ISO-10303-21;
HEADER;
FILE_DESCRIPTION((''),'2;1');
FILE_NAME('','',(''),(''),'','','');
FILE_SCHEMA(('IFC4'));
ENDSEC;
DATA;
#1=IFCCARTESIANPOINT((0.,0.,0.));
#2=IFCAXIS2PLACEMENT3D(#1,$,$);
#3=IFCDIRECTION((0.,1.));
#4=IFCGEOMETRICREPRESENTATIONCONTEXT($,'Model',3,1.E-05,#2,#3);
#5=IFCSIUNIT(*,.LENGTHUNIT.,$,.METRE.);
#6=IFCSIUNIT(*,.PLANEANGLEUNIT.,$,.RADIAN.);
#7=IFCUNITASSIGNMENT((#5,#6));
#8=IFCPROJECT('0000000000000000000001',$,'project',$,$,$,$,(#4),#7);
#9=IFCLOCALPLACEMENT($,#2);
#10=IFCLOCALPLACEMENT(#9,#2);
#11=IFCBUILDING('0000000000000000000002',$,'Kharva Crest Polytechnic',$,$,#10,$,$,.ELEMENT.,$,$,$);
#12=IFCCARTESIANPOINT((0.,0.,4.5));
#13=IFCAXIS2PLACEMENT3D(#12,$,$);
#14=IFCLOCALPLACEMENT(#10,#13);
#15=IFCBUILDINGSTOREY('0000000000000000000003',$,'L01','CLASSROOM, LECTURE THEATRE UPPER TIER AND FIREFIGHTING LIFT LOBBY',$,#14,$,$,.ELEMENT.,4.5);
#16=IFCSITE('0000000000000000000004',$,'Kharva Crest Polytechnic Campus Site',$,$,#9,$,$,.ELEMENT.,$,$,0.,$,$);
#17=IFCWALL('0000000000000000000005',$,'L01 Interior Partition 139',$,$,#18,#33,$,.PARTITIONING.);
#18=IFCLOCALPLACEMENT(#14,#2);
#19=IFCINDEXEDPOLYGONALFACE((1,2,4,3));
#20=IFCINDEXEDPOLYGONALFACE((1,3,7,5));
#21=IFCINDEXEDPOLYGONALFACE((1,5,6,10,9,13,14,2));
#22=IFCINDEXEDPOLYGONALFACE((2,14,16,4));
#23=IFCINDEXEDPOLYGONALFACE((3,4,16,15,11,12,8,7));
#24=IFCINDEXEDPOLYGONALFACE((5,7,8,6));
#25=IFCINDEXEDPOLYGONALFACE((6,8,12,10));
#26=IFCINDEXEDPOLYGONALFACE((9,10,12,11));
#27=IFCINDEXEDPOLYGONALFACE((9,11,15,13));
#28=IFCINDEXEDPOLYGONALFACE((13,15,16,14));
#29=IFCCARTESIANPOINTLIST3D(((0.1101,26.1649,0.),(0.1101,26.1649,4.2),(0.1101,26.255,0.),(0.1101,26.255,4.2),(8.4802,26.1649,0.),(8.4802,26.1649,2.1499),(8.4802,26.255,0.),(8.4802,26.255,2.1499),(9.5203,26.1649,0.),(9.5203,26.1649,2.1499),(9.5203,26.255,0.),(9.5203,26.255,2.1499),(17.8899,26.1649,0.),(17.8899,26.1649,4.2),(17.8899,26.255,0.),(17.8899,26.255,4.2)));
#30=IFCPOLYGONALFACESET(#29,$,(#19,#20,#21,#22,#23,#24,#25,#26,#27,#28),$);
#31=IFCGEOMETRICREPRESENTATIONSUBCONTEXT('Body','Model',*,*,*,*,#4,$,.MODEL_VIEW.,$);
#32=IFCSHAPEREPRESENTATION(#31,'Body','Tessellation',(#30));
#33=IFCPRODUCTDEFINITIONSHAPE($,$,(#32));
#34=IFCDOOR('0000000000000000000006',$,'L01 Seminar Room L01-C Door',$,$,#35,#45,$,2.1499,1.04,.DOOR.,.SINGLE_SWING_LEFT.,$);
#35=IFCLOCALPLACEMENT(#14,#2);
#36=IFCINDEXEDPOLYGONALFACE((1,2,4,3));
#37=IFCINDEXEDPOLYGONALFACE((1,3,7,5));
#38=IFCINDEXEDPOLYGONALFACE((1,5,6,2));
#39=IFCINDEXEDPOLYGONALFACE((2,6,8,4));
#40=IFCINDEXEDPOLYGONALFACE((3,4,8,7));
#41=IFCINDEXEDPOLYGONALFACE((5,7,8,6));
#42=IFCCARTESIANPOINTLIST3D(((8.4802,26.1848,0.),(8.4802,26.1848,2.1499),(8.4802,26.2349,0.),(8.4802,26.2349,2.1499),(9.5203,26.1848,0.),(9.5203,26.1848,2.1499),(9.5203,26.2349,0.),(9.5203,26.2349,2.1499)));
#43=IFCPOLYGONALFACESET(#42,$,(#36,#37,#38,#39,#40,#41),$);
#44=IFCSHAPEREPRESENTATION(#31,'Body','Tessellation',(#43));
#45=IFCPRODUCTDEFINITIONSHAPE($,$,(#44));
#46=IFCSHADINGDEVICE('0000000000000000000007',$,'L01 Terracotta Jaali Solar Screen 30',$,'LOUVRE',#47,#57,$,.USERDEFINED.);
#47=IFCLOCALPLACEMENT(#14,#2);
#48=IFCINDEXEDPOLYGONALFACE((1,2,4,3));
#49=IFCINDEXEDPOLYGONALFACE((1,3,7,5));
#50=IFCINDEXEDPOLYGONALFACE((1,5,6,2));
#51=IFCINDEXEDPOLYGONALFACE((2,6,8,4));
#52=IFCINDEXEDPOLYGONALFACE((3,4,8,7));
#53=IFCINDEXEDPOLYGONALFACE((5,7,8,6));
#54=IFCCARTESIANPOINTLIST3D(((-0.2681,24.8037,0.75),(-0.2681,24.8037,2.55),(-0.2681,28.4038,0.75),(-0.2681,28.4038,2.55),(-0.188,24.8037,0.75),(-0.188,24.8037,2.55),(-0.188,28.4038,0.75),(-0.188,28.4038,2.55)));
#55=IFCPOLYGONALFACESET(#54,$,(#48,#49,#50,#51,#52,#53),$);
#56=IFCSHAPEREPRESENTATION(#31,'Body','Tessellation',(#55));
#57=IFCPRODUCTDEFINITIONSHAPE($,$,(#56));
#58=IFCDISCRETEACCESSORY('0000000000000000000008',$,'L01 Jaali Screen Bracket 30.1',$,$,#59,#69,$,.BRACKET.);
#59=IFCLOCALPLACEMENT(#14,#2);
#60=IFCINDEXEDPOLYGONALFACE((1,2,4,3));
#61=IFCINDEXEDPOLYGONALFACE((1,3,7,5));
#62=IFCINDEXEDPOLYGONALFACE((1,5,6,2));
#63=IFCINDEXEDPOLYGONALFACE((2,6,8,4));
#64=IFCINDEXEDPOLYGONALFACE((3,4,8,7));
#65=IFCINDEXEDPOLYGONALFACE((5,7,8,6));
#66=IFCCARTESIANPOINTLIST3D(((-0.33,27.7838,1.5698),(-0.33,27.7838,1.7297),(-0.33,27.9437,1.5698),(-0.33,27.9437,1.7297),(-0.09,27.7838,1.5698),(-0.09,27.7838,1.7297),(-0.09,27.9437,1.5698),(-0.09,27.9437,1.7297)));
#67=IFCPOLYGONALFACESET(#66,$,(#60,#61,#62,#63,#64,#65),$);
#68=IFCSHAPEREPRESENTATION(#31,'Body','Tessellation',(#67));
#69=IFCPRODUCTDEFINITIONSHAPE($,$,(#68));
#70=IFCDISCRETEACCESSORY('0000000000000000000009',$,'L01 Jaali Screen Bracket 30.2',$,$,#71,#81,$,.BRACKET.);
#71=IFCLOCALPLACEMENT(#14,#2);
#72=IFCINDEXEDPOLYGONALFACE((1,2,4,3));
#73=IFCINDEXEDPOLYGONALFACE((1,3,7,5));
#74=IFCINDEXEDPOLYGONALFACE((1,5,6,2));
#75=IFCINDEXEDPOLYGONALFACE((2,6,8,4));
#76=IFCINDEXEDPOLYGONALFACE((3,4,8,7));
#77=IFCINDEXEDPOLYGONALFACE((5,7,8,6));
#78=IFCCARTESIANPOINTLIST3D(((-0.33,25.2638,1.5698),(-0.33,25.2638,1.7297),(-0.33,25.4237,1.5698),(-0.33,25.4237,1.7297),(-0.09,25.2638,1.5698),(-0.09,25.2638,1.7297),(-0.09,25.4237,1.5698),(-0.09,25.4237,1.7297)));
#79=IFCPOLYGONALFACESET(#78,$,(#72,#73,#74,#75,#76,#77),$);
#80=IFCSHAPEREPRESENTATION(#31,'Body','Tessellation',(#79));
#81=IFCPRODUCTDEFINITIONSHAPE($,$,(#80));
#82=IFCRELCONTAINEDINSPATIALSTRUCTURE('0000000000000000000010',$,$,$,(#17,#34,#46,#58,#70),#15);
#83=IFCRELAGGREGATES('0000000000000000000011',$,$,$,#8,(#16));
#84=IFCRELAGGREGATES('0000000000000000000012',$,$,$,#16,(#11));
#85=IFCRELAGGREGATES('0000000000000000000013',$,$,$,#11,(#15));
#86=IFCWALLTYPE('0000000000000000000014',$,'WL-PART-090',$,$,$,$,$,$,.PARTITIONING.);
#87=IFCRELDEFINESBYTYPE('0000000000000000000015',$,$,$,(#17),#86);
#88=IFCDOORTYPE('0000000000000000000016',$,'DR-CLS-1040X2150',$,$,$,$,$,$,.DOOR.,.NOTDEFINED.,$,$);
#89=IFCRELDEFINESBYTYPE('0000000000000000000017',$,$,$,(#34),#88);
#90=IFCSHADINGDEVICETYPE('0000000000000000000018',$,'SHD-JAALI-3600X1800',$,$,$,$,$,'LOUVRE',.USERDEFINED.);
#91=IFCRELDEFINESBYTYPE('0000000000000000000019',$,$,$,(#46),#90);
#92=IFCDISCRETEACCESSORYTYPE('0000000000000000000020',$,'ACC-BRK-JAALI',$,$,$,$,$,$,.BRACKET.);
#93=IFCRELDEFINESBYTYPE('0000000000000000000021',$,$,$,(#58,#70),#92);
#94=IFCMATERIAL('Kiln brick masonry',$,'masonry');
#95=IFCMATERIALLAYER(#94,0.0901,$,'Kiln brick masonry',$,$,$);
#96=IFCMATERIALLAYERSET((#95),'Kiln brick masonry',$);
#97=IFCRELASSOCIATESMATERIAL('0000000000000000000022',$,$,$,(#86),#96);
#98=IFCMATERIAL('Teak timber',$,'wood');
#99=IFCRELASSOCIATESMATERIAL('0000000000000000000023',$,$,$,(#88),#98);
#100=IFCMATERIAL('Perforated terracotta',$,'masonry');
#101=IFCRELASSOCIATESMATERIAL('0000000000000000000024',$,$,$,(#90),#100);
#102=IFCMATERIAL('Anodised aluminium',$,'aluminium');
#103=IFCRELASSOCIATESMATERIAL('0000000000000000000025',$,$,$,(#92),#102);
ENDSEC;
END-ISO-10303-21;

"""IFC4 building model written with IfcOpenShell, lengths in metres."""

from ifc_helpers import new_model, si_unit, direction, frame, frame_2d, origin, origin_2d, place, context, subcontext, project, spatial, rectangle, extrude, material, layer, layer_set, type_object, element, fill, save


model = new_model("IFC4")

# Units and contexts
model_context = context("Model", 3, precision=1e-05, world=origin(), true_north=direction((0.0, 1.0)))
body_context = subcontext(model_context, "Body", "Model", "MODEL_VIEW")
ifc_project = project(units=[si_unit("LENGTHUNIT", "METRE"), si_unit("PLANEANGLEUNIT", "RADIAN")], contexts=[model_context])

# Site, building, storey
site_placement = place(None, origin())
site = spatial("IfcSite", under=ifc_project, at=site_placement, Name="Kharva Crest Polytechnic Campus Site", CompositionType="ELEMENT", RefElevation=0.0)
building_placement = place(site_placement, origin())
building = spatial("IfcBuilding", under=site, at=building_placement, Name="Kharva Crest Polytechnic", CompositionType="ELEMENT")
storey_placement = place(building_placement, frame((0.0, 0.0, 4.5)))
storey = spatial("IfcBuildingStorey", under=building, at=storey_placement, Name="L01", Description="CLASSROOM, LECTURE THEATRE UPPER TIER AND FIREFIGHTING LIFT LOBBY", CompositionType="ELEMENT", Elevation=4.5)

# Shared definitions
ifc_material_1 = material(Name="Kiln brick masonry", Category="masonry")
ifc_material_2 = material(Name="Anodised aluminium", Category="aluminium")

# Wall, opening, door
ifc_layer_1 = layer(ifc_material_1, 0.0901, Name="Kiln brick masonry")
ifc_layer_set_1 = layer_set([ifc_layer_1], Name="Kiln brick masonry")
wall_type_1 = type_object("IfcWallType", Name="WL-PART-090", PredefinedType="PARTITIONING", material=ifc_layer_set_1)
wall_1_placement = place(storey_placement, frame((0.1101, 26.21, 0.0), z_axis=(0.0, 0.0, 1.0), x_axis=(1.0, 0.0, 0.0)))
wall_1 = element("IfcWall", 1, at=wall_1_placement, inside=storey, type_object=wall_type_1, Name="L01 Interior Partition 139", PredefinedType="PARTITIONING", context=body_context, shape_type="SweptSolid", body=[
    extrude(rectangle(XDim=17.7798, YDim=0.0901, at=frame_2d((8.8899, 0.0))), origin(), (0.0, 0.0, 1.0), 4.2),
])
opening_1_placement = place(wall_1_placement, frame((8.3701, 0.0, 0.0)))
opening_1 = element("IfcOpeningElement", 2, at=opening_1_placement, cuts=wall_1, PredefinedType="OPENING", context=body_context, shape_type="SweptSolid", body=[
    extrude(rectangle(XDim=1.04, YDim=2.1499, at=frame_2d((0.52, 1.075))), frame((0.0, 0.0549, 0.0), z_axis=(0.0, -1.0, 0.0), x_axis=(1.0, 0.0, 0.0)), (0.0, 0.0, 1.0), 0.1101),
])
ifc_material_3 = material(Name="Teak timber", Category="wood")
door_type = type_object("IfcDoorType", Name="DR-CLS-1040X2150", OperationType="NOTDEFINED", PredefinedType="DOOR", material=ifc_material_3)
door_placement = place(opening_1_placement, origin())
door = element("IfcDoor", 3, at=door_placement, inside=storey, type_object=door_type, Name="L01 Seminar Room L01-C Door", OperationType="SINGLE_SWING_LEFT", OverallHeight=2.1499, OverallWidth=1.04, PredefinedType="DOOR", context=body_context, shape_type="SweptSolid", body=[
    extrude(rectangle(XDim=1.04, YDim=2.1499, at=frame_2d((0.52, 1.075))), frame((0.0, 0.0249, 0.0), z_axis=(0.0, -1.0, 0.0), x_axis=(1.0, 0.0, 0.0)), (0.0, 0.0, 1.0), 0.05),
])
fill(opening_1, door)

# Shading device
ifc_material_4 = material(Name="Perforated terracotta", Category="masonry")
shading_device_type = type_object("IfcShadingDeviceType", Name="SHD-JAALI-3600X1800", ElementType="LOUVRE", PredefinedType="USERDEFINED", material=ifc_material_4)
shading_device_placement = place(storey_placement, frame((-0.228, 26.6038, 0.75), z_axis=(0.0, 0.0, 1.0), x_axis=(0.0, 1.0, 0.0)))
element("IfcShadingDevice", 4, at=shading_device_placement, inside=storey, type_object=shading_device_type, Name="L01 Terracotta Jaali Solar Screen 30", ObjectType="LOUVRE", PredefinedType="USERDEFINED", context=body_context, shape_type="SweptSolid", body=[
    extrude(rectangle(XDim=3.6001, YDim=0.0801, at=origin_2d()), origin(), (0.0, 0.0, 1.0), 1.8),
])

# Discrete accessories
discrete_accessory_type = type_object("IfcDiscreteAccessoryType", Name="ACC-BRK-JAALI", PredefinedType="BRACKET", material=ifc_material_2)
for number, where, z_axis, x_axis, name in (
    (5, (-0.21, 27.8638, 1.5698), (0.0, 0.0, 1.0), (0.0, 1.0, 0.0), "L01 Jaali Screen Bracket 30.1"),
    (6, (-0.21, 25.3438, 1.5698), (0.0, 0.0, 1.0), (0.0, 1.0, 0.0), "L01 Jaali Screen Bracket 30.2"),
):
    element("IfcDiscreteAccessory", number, at=place(storey_placement, frame(where, z_axis=z_axis, x_axis=x_axis)), inside=storey, type_object=discrete_accessory_type, Name=name, PredefinedType="BRACKET", context=body_context, shape_type="SweptSolid", body=[
        extrude(rectangle(XDim=0.1599, YDim=0.24, at=origin_2d()), origin(), (0.0, 0.0, 1.0), 0.1599),
    ])

save(model, "model.ifc")
